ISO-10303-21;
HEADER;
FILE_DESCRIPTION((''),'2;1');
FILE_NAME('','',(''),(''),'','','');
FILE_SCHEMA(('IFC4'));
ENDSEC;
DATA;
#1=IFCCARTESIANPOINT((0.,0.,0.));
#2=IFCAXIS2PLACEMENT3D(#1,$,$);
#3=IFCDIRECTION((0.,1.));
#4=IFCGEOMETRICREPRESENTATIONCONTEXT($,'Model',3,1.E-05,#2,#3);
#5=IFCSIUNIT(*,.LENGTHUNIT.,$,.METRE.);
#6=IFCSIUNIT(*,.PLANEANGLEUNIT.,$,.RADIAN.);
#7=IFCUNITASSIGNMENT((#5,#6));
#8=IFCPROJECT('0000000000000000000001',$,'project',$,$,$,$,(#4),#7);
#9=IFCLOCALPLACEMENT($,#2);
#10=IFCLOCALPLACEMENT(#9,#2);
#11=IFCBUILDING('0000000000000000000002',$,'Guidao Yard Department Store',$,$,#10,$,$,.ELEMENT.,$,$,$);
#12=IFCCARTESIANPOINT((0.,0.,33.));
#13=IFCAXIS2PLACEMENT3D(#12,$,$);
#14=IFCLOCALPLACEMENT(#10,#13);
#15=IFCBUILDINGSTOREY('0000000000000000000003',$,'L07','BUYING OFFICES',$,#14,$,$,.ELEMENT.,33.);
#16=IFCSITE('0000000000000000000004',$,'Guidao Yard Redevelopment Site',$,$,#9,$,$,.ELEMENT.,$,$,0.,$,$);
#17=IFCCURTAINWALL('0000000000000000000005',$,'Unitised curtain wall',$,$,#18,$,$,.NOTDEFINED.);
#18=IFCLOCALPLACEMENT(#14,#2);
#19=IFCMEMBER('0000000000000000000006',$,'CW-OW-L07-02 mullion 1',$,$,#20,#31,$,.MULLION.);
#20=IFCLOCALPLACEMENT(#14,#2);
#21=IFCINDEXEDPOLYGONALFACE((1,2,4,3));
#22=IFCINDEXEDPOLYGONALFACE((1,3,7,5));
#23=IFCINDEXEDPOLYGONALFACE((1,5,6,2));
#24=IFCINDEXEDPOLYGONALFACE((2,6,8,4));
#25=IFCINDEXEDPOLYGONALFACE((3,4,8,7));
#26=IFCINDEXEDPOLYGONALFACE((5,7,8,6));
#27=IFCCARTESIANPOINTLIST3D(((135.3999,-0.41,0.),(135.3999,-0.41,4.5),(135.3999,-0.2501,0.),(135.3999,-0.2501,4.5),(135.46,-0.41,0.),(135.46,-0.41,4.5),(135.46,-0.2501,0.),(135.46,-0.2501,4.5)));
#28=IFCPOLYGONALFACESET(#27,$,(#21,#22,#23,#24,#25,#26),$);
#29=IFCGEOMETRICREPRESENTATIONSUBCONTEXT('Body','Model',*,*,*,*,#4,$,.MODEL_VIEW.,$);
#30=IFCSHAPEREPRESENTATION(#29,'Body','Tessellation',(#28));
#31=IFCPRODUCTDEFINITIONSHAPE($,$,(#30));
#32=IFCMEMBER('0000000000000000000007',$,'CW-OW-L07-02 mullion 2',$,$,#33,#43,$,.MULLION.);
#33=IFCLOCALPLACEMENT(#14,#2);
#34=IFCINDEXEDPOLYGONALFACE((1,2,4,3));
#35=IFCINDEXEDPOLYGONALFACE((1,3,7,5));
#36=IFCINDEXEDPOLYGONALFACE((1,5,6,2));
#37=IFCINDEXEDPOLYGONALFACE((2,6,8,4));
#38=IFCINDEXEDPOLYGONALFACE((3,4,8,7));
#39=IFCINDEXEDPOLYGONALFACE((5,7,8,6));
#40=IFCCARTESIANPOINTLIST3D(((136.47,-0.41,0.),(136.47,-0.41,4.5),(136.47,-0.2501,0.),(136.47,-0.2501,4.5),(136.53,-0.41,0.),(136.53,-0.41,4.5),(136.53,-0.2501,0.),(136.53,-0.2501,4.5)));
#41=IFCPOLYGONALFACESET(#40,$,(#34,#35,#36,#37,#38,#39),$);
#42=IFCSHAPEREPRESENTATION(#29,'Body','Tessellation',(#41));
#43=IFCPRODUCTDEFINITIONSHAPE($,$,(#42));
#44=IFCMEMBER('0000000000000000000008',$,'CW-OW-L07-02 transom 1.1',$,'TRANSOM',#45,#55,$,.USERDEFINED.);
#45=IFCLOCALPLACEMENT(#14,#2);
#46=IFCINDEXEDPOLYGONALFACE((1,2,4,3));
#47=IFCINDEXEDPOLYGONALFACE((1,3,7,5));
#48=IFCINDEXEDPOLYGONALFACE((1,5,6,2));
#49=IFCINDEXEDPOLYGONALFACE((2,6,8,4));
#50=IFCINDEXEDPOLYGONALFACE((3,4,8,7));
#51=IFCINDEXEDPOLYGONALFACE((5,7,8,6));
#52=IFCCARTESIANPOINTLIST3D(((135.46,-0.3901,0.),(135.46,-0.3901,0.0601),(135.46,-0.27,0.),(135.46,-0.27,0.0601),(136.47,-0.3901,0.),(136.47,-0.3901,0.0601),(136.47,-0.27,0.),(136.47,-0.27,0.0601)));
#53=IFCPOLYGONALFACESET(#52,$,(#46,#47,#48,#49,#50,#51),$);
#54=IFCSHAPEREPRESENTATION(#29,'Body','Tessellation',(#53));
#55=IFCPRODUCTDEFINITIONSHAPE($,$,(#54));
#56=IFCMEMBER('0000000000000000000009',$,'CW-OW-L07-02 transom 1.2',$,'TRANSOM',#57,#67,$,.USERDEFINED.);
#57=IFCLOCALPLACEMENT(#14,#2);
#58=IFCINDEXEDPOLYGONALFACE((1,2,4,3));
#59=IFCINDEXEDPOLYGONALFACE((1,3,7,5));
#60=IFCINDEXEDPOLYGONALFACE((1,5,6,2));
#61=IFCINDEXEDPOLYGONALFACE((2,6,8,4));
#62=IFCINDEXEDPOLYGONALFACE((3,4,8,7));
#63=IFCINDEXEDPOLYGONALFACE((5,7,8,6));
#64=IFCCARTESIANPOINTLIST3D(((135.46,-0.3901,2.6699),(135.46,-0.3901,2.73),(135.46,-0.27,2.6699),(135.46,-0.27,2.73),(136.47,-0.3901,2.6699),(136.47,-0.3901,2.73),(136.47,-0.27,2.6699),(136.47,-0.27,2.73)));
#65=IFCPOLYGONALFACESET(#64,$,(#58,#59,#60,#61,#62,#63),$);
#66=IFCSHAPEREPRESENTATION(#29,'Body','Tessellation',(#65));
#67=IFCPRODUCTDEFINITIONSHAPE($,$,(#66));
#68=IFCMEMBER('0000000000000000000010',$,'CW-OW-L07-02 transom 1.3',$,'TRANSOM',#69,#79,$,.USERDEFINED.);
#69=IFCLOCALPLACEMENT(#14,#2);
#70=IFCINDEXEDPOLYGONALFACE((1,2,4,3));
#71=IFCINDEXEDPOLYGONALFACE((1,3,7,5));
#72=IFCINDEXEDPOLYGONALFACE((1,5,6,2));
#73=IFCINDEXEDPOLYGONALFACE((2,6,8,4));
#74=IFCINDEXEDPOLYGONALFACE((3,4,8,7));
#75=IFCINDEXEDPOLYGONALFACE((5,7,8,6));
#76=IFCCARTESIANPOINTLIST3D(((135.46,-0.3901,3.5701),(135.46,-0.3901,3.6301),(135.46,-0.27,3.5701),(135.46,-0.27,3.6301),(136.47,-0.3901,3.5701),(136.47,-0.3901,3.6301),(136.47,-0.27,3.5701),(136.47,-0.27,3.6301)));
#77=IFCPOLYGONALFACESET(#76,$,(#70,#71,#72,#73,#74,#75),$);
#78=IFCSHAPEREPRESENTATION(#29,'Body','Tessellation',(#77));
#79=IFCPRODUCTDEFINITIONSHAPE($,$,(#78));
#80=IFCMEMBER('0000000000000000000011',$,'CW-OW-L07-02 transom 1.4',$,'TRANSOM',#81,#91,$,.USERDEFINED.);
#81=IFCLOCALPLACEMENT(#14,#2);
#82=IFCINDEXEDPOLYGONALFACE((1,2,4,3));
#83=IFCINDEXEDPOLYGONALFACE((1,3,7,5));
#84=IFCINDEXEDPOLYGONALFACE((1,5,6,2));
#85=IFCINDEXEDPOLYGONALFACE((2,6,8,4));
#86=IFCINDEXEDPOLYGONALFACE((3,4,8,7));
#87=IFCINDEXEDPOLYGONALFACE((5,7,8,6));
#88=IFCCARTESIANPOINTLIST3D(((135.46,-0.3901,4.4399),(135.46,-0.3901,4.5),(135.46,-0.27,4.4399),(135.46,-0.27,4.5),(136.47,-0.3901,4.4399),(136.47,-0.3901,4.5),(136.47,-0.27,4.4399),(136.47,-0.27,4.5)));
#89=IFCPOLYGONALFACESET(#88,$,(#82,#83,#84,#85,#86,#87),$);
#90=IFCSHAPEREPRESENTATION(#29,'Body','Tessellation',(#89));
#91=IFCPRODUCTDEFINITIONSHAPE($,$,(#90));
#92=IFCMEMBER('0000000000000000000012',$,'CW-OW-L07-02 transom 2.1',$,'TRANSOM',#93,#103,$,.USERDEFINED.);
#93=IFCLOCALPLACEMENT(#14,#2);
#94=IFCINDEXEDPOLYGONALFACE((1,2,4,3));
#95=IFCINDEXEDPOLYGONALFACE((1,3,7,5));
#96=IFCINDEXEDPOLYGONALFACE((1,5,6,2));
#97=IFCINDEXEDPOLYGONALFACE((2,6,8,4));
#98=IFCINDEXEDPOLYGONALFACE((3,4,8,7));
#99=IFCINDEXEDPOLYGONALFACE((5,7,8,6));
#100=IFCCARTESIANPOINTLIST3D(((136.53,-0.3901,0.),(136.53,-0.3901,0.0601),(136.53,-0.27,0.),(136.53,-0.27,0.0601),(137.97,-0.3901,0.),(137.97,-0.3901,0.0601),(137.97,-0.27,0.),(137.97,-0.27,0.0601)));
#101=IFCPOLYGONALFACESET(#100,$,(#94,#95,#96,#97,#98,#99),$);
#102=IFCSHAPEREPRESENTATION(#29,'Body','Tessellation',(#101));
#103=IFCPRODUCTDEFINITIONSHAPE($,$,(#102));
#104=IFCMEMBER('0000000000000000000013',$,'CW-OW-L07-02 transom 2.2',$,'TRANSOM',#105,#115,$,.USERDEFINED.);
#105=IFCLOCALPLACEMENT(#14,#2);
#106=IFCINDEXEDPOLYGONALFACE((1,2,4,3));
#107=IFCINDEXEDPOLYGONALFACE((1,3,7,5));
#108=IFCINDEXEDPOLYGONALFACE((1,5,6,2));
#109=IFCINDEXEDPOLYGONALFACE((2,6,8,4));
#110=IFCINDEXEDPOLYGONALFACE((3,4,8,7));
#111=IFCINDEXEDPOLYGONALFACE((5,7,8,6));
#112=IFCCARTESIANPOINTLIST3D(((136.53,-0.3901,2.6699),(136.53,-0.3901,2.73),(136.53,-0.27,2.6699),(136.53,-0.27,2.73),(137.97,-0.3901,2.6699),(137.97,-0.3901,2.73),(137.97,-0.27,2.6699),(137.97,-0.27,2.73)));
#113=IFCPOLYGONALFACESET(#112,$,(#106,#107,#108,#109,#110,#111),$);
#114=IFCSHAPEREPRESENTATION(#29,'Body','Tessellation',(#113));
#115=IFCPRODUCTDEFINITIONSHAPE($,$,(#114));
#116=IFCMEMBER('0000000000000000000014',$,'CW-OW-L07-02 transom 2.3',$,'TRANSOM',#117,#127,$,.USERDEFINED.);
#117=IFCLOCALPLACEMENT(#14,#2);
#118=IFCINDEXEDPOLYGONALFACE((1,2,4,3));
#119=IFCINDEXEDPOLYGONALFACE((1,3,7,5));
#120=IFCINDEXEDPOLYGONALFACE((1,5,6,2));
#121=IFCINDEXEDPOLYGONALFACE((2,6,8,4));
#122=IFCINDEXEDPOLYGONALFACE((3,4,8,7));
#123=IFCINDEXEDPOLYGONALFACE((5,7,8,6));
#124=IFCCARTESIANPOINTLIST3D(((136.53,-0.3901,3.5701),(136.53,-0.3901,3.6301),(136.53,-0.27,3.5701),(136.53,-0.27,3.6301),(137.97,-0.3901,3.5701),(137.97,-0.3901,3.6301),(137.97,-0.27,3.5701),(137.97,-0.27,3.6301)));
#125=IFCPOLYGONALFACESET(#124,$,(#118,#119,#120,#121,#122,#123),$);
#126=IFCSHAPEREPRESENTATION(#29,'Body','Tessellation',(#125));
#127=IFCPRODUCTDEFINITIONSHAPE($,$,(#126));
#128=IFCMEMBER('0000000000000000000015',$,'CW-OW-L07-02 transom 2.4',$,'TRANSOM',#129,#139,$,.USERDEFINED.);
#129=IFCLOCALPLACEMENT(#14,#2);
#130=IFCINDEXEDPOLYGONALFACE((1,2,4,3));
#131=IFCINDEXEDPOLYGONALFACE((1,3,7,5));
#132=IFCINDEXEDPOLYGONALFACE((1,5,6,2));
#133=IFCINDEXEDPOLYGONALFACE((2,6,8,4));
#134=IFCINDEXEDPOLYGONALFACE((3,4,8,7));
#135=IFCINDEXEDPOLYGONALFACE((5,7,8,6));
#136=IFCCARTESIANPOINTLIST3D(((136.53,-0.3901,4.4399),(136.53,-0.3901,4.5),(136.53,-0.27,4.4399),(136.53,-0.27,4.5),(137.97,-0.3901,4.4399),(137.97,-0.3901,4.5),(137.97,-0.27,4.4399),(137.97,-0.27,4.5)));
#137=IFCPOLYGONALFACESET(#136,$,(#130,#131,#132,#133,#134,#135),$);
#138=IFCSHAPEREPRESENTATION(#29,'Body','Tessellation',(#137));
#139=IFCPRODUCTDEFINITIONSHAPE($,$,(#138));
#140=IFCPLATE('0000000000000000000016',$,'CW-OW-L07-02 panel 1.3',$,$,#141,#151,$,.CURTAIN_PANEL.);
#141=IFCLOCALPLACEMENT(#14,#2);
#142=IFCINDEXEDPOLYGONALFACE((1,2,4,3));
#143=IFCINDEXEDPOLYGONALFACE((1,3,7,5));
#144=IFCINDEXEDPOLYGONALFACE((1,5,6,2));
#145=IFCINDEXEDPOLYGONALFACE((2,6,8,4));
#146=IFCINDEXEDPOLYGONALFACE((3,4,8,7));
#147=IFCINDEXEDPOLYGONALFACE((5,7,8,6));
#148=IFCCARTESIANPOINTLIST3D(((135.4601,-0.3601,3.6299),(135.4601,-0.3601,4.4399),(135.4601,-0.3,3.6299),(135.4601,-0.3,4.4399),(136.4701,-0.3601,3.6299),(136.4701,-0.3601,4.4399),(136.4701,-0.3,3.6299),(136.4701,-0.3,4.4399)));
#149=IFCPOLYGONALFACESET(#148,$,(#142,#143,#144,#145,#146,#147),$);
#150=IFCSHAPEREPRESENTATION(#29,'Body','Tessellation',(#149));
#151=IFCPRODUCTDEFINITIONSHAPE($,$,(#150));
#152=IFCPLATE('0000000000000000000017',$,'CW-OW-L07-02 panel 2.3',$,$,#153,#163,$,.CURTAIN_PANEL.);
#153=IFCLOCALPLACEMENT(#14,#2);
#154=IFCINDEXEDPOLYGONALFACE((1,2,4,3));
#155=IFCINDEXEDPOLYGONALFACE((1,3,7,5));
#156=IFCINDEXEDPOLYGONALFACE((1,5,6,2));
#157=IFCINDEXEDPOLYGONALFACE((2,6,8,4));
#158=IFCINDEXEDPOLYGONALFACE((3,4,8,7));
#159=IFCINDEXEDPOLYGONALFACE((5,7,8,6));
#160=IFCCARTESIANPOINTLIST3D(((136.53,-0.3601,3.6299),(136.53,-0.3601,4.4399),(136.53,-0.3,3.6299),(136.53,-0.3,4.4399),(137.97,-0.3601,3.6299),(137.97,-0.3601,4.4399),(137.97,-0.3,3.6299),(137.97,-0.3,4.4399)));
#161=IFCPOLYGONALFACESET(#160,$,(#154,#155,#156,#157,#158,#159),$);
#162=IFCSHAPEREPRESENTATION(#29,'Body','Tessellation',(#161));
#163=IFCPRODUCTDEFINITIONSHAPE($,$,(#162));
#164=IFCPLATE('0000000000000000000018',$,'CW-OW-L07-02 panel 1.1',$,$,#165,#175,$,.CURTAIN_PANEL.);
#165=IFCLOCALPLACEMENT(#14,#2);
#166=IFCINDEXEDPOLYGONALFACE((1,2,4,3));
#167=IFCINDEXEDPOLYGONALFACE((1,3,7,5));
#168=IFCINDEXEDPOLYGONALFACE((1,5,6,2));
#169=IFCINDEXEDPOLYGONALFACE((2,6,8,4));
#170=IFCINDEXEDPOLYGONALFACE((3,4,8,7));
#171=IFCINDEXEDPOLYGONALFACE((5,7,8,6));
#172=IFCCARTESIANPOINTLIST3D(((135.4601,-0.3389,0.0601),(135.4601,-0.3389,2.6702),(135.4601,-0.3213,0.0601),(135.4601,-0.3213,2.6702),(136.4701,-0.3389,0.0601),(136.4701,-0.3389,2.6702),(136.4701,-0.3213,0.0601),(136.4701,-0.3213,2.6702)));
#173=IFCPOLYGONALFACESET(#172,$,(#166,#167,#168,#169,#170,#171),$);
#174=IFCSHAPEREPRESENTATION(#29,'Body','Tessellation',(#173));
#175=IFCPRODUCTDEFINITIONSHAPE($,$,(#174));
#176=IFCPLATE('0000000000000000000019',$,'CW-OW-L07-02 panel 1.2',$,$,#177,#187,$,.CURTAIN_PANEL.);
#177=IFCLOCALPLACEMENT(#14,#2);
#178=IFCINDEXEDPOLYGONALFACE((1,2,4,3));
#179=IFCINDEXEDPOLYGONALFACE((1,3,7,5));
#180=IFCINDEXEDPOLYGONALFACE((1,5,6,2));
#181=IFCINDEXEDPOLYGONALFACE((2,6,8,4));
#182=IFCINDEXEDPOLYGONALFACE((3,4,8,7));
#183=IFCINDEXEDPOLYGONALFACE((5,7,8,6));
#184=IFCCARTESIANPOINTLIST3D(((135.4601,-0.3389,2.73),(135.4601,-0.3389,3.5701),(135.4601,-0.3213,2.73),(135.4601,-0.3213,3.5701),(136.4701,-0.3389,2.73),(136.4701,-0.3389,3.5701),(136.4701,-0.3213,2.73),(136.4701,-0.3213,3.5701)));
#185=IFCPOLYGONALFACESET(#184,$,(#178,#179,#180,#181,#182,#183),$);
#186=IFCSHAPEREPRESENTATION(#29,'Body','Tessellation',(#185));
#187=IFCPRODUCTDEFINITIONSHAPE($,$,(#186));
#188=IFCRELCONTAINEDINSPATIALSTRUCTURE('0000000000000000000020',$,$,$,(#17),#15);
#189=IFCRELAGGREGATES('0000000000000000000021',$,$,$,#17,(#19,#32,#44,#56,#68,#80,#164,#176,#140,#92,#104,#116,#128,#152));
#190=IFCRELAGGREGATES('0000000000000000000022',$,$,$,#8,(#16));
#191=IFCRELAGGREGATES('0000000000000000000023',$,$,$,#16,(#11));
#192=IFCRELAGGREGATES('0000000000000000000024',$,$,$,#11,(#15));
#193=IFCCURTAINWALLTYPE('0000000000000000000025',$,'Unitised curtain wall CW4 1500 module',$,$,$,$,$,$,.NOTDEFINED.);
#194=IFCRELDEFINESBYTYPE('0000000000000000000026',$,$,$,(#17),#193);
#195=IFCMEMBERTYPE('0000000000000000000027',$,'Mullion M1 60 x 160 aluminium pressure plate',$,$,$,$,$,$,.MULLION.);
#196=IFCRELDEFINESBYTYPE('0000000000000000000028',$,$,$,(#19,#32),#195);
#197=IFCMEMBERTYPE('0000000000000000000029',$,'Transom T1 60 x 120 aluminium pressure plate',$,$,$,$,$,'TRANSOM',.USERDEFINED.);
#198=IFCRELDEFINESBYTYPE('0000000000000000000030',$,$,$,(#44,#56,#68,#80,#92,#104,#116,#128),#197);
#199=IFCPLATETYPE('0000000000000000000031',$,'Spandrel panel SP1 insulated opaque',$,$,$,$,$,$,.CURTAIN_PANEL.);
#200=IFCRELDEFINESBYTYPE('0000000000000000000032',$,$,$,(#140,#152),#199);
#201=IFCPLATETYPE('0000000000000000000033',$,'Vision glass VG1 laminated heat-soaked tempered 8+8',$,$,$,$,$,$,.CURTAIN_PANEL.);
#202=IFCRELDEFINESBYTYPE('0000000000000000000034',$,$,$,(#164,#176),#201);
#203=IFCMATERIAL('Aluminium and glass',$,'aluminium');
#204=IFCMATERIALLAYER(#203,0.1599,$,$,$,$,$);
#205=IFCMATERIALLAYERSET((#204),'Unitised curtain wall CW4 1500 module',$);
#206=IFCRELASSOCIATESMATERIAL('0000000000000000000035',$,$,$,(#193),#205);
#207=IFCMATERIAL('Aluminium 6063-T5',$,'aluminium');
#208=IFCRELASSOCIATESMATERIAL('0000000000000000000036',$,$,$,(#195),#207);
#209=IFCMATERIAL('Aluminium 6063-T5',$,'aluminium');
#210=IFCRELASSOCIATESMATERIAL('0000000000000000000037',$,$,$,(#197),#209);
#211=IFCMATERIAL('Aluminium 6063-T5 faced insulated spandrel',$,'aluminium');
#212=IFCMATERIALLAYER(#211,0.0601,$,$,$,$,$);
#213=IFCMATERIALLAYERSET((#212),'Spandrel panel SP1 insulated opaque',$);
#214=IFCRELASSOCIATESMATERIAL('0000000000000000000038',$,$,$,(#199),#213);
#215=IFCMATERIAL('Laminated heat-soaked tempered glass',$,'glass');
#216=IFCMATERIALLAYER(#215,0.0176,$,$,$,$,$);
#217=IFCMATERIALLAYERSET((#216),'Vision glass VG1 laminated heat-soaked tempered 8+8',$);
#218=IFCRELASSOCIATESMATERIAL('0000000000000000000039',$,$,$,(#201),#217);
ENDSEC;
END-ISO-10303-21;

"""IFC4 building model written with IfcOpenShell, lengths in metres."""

from ifc_helpers import new_model, si_unit, direction, frame, origin, origin_2d, place, context, subcontext, project, spatial, rectangle, extrude, material, layer, layer_set, material_profile, profile_set, type_object, element, aggregate, save


model = new_model("IFC4")

# Units and contexts
model_context = context("Model", 3, precision=1e-05, world=origin(), true_north=direction((0.0, 1.0)))
body_context = subcontext(model_context, "Body", "Model", "MODEL_VIEW")
ifc_project = project(units=[si_unit("LENGTHUNIT", "METRE"), si_unit("PLANEANGLEUNIT", "RADIAN")], contexts=[model_context])

# Site, building, storey
site_placement = place(None, origin())
site = spatial("IfcSite", under=ifc_project, at=site_placement, Name="Guidao Yard Redevelopment Site", CompositionType="ELEMENT", RefElevation=0.0)
building_placement = place(site_placement, origin())
building = spatial("IfcBuilding", under=site, at=building_placement, Name="Guidao Yard Department Store", CompositionType="ELEMENT")
storey_placement = place(building_placement, frame((0.0, 0.0, 33.0)))
storey = spatial("IfcBuildingStorey", under=building, at=storey_placement, Name="L07", Description="BUYING OFFICES", CompositionType="ELEMENT", Elevation=33.0)

# Curtain wall, members, plates
ifc_material_1 = material(Name="Aluminium and glass", Category="aluminium")
ifc_layer_1 = layer(ifc_material_1, 0.1599)
ifc_layer_set_1 = layer_set([ifc_layer_1], Name="Unitised curtain wall CW4 1500 module")
curtain_wall_type = type_object("IfcCurtainWallType", Name="Unitised curtain wall CW4 1500 module", PredefinedType="NOTDEFINED", material=ifc_layer_set_1)
curtain_wall_placement = place(storey_placement, origin())
curtain_wall = element("IfcCurtainWall", 1, at=curtain_wall_placement, inside=storey, type_object=curtain_wall_type, Name="Unitised curtain wall", PredefinedType="NOTDEFINED")
ifc_material_2 = material(Name="Aluminium 6063-T5", Category="aluminium")
ifc_material_profile_1 = material_profile(ifc_material_2, rectangle(XDim=0.0601, YDim=0.1599, at=origin_2d()), Name="Mullion M1 60 x 160 aluminium pressure plate")
ifc_profile_set_1 = profile_set([ifc_material_profile_1], Name="Aluminium 6063-T5")
member_type_1 = type_object("IfcMemberType", Name="Mullion M1 60 x 160 aluminium pressure plate", PredefinedType="MULLION", material=ifc_profile_set_1)
member_1_placement = place(storey_placement, frame((135.4299, -0.3301, 0.0), z_axis=(0.0, 0.0, 1.0), x_axis=(-1.0, 0.0, 0.0)))
member_1 = element("IfcMember", 2, at=member_1_placement, type_object=member_type_1, Name="CW-OW-L07-02 mullion 1", PredefinedType="MULLION", context=body_context, shape_type="SweptSolid", body=[
    extrude(rectangle(XDim=0.0601, YDim=0.1599, at=origin_2d()), origin(), (0.0, 0.0, 1.0), 4.5),
])
member_2_placement = place(storey_placement, frame((136.5, -0.3301, 0.0), z_axis=(0.0, 0.0, 1.0), x_axis=(-1.0, 0.0, 0.0)))
member_2 = element("IfcMember", 3, at=member_2_placement, type_object=member_type_1, Name="CW-OW-L07-02 mullion 2", PredefinedType="MULLION", context=body_context, shape_type="SweptSolid", body=[
    extrude(rectangle(XDim=0.0601, YDim=0.1599, at=origin_2d()), origin(), (0.0, 0.0, 1.0), 4.5),
])
ifc_material_3 = material(Name="Aluminium 6063-T5", Category="aluminium")
ifc_material_profile_2 = material_profile(ifc_material_3, rectangle(XDim=0.1201, YDim=0.0601, at=origin_2d()), Name="Transom T1 60 x 120 aluminium pressure plate")
ifc_profile_set_2 = profile_set([ifc_material_profile_2], Name="Aluminium 6063-T5")
member_type_2 = type_object("IfcMemberType", Name="Transom T1 60 x 120 aluminium pressure plate", ElementType="TRANSOM", PredefinedType="USERDEFINED", material=ifc_profile_set_2)
member_3_placement = place(storey_placement, frame((136.47, -0.3301, 0.03), z_axis=(-1.0, 0.0, 0.0), x_axis=(0.0, -1.0, 0.0)))
member_3 = element("IfcMember", 4, at=member_3_placement, type_object=member_type_2, Name="CW-OW-L07-02 transom 1.1", ObjectType="TRANSOM", PredefinedType="USERDEFINED", context=body_context, shape_type="SweptSolid", body=[
    extrude(rectangle(XDim=0.1201, YDim=0.0601, at=origin_2d()), origin(), (0.0, 0.0, 1.0), 1.01),
])
member_4_placement = place(storey_placement, frame((136.47, -0.3301, 2.7), z_axis=(-1.0, 0.0, 0.0), x_axis=(0.0, -1.0, 0.0)))
member_4 = element("IfcMember", 5, at=member_4_placement, type_object=member_type_2, Name="CW-OW-L07-02 transom 1.2", ObjectType="TRANSOM", PredefinedType="USERDEFINED", context=body_context, shape_type="SweptSolid", body=[
    extrude(rectangle(XDim=0.1201, YDim=0.0601, at=origin_2d()), origin(), (0.0, 0.0, 1.0), 1.01),
])
member_5_placement = place(storey_placement, frame((136.47, -0.3301, 3.6001), z_axis=(-1.0, 0.0, 0.0), x_axis=(0.0, -1.0, 0.0)))
member_5 = element("IfcMember", 6, at=member_5_placement, type_object=member_type_2, Name="CW-OW-L07-02 transom 1.3", ObjectType="TRANSOM", PredefinedType="USERDEFINED", context=body_context, shape_type="SweptSolid", body=[
    extrude(rectangle(XDim=0.1201, YDim=0.0601, at=origin_2d()), origin(), (0.0, 0.0, 1.0), 1.01),
])
member_6_placement = place(storey_placement, frame((136.47, -0.3301, 4.47), z_axis=(-1.0, 0.0, 0.0), x_axis=(0.0, -1.0, 0.0)))
member_6 = element("IfcMember", 7, at=member_6_placement, type_object=member_type_2, Name="CW-OW-L07-02 transom 1.4", ObjectType="TRANSOM", PredefinedType="USERDEFINED", context=body_context, shape_type="SweptSolid", body=[
    extrude(rectangle(XDim=0.1201, YDim=0.0601, at=origin_2d()), origin(), (0.0, 0.0, 1.0), 1.01),
])
member_7_placement = place(storey_placement, frame((137.97, -0.3301, 0.03), z_axis=(-1.0, 0.0, 0.0), x_axis=(0.0, -1.0, 0.0)))
member_7 = element("IfcMember", 8, at=member_7_placement, type_object=member_type_2, Name="CW-OW-L07-02 transom 2.1", ObjectType="TRANSOM", PredefinedType="USERDEFINED", context=body_context, shape_type="SweptSolid", body=[
    extrude(rectangle(XDim=0.1201, YDim=0.0601, at=origin_2d()), origin(), (0.0, 0.0, 1.0), 1.4399),
])
member_8_placement = place(storey_placement, frame((137.97, -0.3301, 2.7), z_axis=(-1.0, 0.0, 0.0), x_axis=(0.0, -1.0, 0.0)))
member_8 = element("IfcMember", 9, at=member_8_placement, type_object=member_type_2, Name="CW-OW-L07-02 transom 2.2", ObjectType="TRANSOM", PredefinedType="USERDEFINED", context=body_context, shape_type="SweptSolid", body=[
    extrude(rectangle(XDim=0.1201, YDim=0.0601, at=origin_2d()), origin(), (0.0, 0.0, 1.0), 1.4399),
])
member_9_placement = place(storey_placement, frame((137.97, -0.3301, 3.6001), z_axis=(-1.0, 0.0, 0.0), x_axis=(0.0, -1.0, 0.0)))
member_9 = element("IfcMember", 10, at=member_9_placement, type_object=member_type_2, Name="CW-OW-L07-02 transom 2.3", ObjectType="TRANSOM", PredefinedType="USERDEFINED", context=body_context, shape_type="SweptSolid", body=[
    extrude(rectangle(XDim=0.1201, YDim=0.0601, at=origin_2d()), origin(), (0.0, 0.0, 1.0), 1.4399),
])
member_10_placement = place(storey_placement, frame((137.97, -0.3301, 4.47), z_axis=(-1.0, 0.0, 0.0), x_axis=(0.0, -1.0, 0.0)))
member_10 = element("IfcMember", 11, at=member_10_placement, type_object=member_type_2, Name="CW-OW-L07-02 transom 2.4", ObjectType="TRANSOM", PredefinedType="USERDEFINED", context=body_context, shape_type="SweptSolid", body=[
    extrude(rectangle(XDim=0.1201, YDim=0.0601, at=origin_2d()), origin(), (0.0, 0.0, 1.0), 1.4399),
])
ifc_material_4 = material(Name="Aluminium 6063-T5 faced insulated spandrel", Category="aluminium")
ifc_layer_2 = layer(ifc_material_4, 0.0601)
ifc_layer_set_2 = layer_set([ifc_layer_2], Name="Spandrel panel SP1 insulated opaque")
plate_type_1 = type_object("IfcPlateType", Name="Spandrel panel SP1 insulated opaque", PredefinedType="CURTAIN_PANEL", material=ifc_layer_set_2)
plate_1_placement = place(storey_placement, frame((135.9651, -0.3301, 3.6299), z_axis=(0.0, 0.0, 1.0), x_axis=(-1.0, 0.0, 0.0)))
plate_1 = element("IfcPlate", 12, at=plate_1_placement, type_object=plate_type_1, Name="CW-OW-L07-02 panel 1.3", PredefinedType="CURTAIN_PANEL", context=body_context, shape_type="SweptSolid", body=[
    extrude(rectangle(XDim=1.01, YDim=0.0601, at=origin_2d()), origin(), (0.0, 0.0, 1.0), 0.8101),
])
plate_2_placement = place(storey_placement, frame((137.25, -0.3301, 3.6299), z_axis=(0.0, 0.0, 1.0), x_axis=(-1.0, 0.0, 0.0)))
plate_2 = element("IfcPlate", 13, at=plate_2_placement, type_object=plate_type_1, Name="CW-OW-L07-02 panel 2.3", PredefinedType="CURTAIN_PANEL", context=body_context, shape_type="SweptSolid", body=[
    extrude(rectangle(XDim=1.4399, YDim=0.0601, at=origin_2d()), origin(), (0.0, 0.0, 1.0), 0.8101),
])
ifc_material_5 = material(Name="Laminated heat-soaked tempered glass", Category="glass")
ifc_layer_3 = layer(ifc_material_5, 0.0176)
ifc_layer_set_3 = layer_set([ifc_layer_3], Name="Vision glass VG1 laminated heat-soaked tempered 8+8")
plate_type_2 = type_object("IfcPlateType", Name="Vision glass VG1 laminated heat-soaked tempered 8+8", PredefinedType="CURTAIN_PANEL", material=ifc_layer_set_3)
plate_3_placement = place(storey_placement, frame((135.9651, -0.3301, 0.0601), z_axis=(0.0, 0.0, 1.0), x_axis=(-1.0, 0.0, 0.0)))
plate_3 = element("IfcPlate", 14, at=plate_3_placement, type_object=plate_type_2, Name="CW-OW-L07-02 panel 1.1", PredefinedType="CURTAIN_PANEL", context=body_context, shape_type="SweptSolid", body=[
    extrude(rectangle(XDim=1.01, YDim=0.0176, at=origin_2d()), origin(), (0.0, 0.0, 1.0), 2.6101),
])
plate_4_placement = place(storey_placement, frame((135.9651, -0.3301, 2.73), z_axis=(0.0, 0.0, 1.0), x_axis=(-1.0, 0.0, 0.0)))
plate_4 = element("IfcPlate", 15, at=plate_4_placement, type_object=plate_type_2, Name="CW-OW-L07-02 panel 1.2", PredefinedType="CURTAIN_PANEL", context=body_context, shape_type="SweptSolid", body=[
    extrude(rectangle(XDim=1.01, YDim=0.0176, at=origin_2d()), origin(), (0.0, 0.0, 1.0), 0.8401),
])
aggregate(curtain_wall, [member_1, member_2, member_3, member_4, member_5, member_6, plate_3, plate_4, plate_1, member_7, member_8, member_9, member_10, plate_2])

save(model, "model.ifc")
